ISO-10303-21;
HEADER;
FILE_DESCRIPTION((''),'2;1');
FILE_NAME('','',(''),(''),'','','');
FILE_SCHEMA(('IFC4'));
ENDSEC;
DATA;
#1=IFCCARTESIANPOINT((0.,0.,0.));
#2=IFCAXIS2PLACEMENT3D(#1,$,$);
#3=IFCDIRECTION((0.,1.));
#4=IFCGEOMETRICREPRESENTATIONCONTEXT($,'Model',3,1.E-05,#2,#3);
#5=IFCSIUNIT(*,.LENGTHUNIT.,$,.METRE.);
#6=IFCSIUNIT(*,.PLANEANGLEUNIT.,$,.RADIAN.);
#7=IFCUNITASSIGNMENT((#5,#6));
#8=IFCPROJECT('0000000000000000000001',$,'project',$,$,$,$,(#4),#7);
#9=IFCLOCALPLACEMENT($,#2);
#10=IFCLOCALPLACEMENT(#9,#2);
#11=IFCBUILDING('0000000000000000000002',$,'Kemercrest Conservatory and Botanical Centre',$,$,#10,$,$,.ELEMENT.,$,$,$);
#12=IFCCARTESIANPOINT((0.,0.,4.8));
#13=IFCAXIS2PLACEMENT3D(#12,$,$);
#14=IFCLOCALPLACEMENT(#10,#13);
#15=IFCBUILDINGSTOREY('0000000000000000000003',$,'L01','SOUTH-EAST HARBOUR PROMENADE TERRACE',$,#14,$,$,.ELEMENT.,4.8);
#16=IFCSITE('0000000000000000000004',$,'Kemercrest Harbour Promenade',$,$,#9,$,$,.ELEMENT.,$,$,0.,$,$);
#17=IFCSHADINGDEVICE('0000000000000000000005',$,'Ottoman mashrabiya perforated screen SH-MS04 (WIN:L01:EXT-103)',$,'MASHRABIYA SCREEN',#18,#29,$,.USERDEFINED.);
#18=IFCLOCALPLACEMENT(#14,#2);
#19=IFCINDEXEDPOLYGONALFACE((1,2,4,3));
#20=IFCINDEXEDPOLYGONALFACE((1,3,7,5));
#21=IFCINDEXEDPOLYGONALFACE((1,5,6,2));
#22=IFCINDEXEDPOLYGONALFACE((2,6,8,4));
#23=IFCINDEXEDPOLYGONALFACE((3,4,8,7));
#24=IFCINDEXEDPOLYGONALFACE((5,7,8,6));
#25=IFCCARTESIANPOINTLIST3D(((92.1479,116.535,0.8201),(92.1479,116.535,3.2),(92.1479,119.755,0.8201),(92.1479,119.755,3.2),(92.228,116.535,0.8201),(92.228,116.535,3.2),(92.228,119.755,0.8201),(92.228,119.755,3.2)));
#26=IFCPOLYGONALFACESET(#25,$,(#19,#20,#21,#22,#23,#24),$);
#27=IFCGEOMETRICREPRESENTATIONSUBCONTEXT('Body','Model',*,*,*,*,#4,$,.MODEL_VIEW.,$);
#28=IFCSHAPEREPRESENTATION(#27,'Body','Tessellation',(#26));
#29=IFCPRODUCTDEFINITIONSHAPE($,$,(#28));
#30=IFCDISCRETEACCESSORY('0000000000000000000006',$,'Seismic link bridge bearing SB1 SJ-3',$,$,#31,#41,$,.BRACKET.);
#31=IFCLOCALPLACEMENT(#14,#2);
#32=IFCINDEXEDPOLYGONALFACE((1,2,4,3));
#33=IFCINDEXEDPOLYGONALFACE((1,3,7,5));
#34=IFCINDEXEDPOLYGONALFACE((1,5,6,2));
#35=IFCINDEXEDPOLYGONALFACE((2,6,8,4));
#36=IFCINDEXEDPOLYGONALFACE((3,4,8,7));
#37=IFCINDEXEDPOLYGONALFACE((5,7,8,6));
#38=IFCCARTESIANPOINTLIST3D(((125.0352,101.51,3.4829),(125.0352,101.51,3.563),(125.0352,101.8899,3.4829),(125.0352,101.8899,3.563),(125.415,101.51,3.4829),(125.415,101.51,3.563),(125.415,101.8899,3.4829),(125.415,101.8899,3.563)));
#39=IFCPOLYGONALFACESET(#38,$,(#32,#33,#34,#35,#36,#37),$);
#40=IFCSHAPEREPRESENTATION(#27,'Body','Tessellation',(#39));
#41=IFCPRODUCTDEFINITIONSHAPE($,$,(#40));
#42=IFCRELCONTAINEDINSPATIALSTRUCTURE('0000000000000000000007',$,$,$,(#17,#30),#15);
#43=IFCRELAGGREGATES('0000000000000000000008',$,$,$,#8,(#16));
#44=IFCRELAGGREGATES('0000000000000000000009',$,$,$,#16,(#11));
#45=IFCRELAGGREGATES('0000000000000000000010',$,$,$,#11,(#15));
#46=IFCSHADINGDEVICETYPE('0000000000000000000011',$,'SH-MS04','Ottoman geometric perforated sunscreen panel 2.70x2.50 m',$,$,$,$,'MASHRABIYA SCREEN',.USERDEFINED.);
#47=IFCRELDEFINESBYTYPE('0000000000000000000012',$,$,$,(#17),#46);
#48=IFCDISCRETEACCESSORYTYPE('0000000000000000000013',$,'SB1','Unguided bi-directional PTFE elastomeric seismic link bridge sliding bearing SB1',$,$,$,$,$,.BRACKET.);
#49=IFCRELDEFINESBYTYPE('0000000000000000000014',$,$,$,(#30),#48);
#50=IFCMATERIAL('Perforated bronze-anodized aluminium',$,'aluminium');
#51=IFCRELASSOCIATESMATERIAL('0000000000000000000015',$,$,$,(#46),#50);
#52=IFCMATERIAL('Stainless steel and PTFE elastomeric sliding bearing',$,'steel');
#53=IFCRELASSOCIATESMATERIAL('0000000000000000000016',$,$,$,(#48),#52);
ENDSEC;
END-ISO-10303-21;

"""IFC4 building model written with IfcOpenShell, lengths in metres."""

from ifc_helpers import new_model, si_unit, direction, frame, origin, origin_2d, place, context, subcontext, project, spatial, rectangle, extrude, material, type_object, element, save


model = new_model("IFC4")

# Units and contexts
model_context = context("Model", 3, precision=1e-05, world=origin(), true_north=direction((0.0, 1.0)))
body_context = subcontext(model_context, "Body", "Model", "MODEL_VIEW")
ifc_project = project(units=[si_unit("LENGTHUNIT", "METRE"), si_unit("PLANEANGLEUNIT", "RADIAN")], contexts=[model_context])

# Site, building, storey
site_placement = place(None, origin())
site = spatial("IfcSite", under=ifc_project, at=site_placement, Name="Kemercrest Harbour Promenade", CompositionType="ELEMENT", RefElevation=0.0)
building_placement = place(site_placement, origin())
building = spatial("IfcBuilding", under=site, at=building_placement, Name="Kemercrest Conservatory and Botanical Centre", CompositionType="ELEMENT")
storey_placement = place(building_placement, frame((0.0, 0.0, 4.8)))
storey = spatial("IfcBuildingStorey", under=building, at=storey_placement, Name="L01", Description="SOUTH-EAST HARBOUR PROMENADE TERRACE", CompositionType="ELEMENT", Elevation=4.8)

# Shading device
ifc_material_1 = material(Name="Perforated bronze-anodized aluminium", Category="aluminium")
shading_device_type_1 = type_object("IfcShadingDeviceType", Name="SH-MS04", Description="Ottoman geometric perforated sunscreen panel 2.70x2.50 m", ElementType="MASHRABIYA SCREEN", PredefinedType="USERDEFINED", material=ifc_material_1)
shading_device_1_placement = place(storey_placement, frame((92.188, 118.145, 0.8201), z_axis=(0.0, 0.0, 1.0), x_axis=(0.0, 1.0, 0.0)))
element("IfcShadingDevice", 1, at=shading_device_1_placement, inside=storey, type_object=shading_device_type_1, Name="Ottoman mashrabiya perforated screen SH-MS04 (WIN:L01:EXT-103)", ObjectType="MASHRABIYA SCREEN", PredefinedType="USERDEFINED", context=body_context, shape_type="SweptSolid", body=[
    extrude(rectangle(XDim=3.22, YDim=0.0801, at=origin_2d()), origin(), (0.0, 0.0, 1.0), 2.3799),
])

# Discrete accessory
ifc_material_2 = material(Name="Stainless steel and PTFE elastomeric sliding bearing", Category="steel")
discrete_accessory_type = type_object("IfcDiscreteAccessoryType", Name="SB1", Description="Unguided bi-directional PTFE elastomeric seismic link bridge sliding bearing SB1", PredefinedType="BRACKET", material=ifc_material_2)
discrete_accessory_placement = place(storey_placement, frame((125.2251, 101.7, 3.4829), z_axis=(0.0, 0.0, 1.0), x_axis=(1.0, 0.0, 0.0)))
element("IfcDiscreteAccessory", 2, at=discrete_accessory_placement, inside=storey, type_object=discrete_accessory_type, Name="Seismic link bridge bearing SB1 SJ-3", PredefinedType="BRACKET", context=body_context, shape_type="SweptSolid", body=[
    extrude(rectangle(XDim=0.3799, YDim=0.3799, at=origin_2d()), origin(), (0.0, 0.0, 1.0), 0.0801),
])

save(model, "model.ifc")
